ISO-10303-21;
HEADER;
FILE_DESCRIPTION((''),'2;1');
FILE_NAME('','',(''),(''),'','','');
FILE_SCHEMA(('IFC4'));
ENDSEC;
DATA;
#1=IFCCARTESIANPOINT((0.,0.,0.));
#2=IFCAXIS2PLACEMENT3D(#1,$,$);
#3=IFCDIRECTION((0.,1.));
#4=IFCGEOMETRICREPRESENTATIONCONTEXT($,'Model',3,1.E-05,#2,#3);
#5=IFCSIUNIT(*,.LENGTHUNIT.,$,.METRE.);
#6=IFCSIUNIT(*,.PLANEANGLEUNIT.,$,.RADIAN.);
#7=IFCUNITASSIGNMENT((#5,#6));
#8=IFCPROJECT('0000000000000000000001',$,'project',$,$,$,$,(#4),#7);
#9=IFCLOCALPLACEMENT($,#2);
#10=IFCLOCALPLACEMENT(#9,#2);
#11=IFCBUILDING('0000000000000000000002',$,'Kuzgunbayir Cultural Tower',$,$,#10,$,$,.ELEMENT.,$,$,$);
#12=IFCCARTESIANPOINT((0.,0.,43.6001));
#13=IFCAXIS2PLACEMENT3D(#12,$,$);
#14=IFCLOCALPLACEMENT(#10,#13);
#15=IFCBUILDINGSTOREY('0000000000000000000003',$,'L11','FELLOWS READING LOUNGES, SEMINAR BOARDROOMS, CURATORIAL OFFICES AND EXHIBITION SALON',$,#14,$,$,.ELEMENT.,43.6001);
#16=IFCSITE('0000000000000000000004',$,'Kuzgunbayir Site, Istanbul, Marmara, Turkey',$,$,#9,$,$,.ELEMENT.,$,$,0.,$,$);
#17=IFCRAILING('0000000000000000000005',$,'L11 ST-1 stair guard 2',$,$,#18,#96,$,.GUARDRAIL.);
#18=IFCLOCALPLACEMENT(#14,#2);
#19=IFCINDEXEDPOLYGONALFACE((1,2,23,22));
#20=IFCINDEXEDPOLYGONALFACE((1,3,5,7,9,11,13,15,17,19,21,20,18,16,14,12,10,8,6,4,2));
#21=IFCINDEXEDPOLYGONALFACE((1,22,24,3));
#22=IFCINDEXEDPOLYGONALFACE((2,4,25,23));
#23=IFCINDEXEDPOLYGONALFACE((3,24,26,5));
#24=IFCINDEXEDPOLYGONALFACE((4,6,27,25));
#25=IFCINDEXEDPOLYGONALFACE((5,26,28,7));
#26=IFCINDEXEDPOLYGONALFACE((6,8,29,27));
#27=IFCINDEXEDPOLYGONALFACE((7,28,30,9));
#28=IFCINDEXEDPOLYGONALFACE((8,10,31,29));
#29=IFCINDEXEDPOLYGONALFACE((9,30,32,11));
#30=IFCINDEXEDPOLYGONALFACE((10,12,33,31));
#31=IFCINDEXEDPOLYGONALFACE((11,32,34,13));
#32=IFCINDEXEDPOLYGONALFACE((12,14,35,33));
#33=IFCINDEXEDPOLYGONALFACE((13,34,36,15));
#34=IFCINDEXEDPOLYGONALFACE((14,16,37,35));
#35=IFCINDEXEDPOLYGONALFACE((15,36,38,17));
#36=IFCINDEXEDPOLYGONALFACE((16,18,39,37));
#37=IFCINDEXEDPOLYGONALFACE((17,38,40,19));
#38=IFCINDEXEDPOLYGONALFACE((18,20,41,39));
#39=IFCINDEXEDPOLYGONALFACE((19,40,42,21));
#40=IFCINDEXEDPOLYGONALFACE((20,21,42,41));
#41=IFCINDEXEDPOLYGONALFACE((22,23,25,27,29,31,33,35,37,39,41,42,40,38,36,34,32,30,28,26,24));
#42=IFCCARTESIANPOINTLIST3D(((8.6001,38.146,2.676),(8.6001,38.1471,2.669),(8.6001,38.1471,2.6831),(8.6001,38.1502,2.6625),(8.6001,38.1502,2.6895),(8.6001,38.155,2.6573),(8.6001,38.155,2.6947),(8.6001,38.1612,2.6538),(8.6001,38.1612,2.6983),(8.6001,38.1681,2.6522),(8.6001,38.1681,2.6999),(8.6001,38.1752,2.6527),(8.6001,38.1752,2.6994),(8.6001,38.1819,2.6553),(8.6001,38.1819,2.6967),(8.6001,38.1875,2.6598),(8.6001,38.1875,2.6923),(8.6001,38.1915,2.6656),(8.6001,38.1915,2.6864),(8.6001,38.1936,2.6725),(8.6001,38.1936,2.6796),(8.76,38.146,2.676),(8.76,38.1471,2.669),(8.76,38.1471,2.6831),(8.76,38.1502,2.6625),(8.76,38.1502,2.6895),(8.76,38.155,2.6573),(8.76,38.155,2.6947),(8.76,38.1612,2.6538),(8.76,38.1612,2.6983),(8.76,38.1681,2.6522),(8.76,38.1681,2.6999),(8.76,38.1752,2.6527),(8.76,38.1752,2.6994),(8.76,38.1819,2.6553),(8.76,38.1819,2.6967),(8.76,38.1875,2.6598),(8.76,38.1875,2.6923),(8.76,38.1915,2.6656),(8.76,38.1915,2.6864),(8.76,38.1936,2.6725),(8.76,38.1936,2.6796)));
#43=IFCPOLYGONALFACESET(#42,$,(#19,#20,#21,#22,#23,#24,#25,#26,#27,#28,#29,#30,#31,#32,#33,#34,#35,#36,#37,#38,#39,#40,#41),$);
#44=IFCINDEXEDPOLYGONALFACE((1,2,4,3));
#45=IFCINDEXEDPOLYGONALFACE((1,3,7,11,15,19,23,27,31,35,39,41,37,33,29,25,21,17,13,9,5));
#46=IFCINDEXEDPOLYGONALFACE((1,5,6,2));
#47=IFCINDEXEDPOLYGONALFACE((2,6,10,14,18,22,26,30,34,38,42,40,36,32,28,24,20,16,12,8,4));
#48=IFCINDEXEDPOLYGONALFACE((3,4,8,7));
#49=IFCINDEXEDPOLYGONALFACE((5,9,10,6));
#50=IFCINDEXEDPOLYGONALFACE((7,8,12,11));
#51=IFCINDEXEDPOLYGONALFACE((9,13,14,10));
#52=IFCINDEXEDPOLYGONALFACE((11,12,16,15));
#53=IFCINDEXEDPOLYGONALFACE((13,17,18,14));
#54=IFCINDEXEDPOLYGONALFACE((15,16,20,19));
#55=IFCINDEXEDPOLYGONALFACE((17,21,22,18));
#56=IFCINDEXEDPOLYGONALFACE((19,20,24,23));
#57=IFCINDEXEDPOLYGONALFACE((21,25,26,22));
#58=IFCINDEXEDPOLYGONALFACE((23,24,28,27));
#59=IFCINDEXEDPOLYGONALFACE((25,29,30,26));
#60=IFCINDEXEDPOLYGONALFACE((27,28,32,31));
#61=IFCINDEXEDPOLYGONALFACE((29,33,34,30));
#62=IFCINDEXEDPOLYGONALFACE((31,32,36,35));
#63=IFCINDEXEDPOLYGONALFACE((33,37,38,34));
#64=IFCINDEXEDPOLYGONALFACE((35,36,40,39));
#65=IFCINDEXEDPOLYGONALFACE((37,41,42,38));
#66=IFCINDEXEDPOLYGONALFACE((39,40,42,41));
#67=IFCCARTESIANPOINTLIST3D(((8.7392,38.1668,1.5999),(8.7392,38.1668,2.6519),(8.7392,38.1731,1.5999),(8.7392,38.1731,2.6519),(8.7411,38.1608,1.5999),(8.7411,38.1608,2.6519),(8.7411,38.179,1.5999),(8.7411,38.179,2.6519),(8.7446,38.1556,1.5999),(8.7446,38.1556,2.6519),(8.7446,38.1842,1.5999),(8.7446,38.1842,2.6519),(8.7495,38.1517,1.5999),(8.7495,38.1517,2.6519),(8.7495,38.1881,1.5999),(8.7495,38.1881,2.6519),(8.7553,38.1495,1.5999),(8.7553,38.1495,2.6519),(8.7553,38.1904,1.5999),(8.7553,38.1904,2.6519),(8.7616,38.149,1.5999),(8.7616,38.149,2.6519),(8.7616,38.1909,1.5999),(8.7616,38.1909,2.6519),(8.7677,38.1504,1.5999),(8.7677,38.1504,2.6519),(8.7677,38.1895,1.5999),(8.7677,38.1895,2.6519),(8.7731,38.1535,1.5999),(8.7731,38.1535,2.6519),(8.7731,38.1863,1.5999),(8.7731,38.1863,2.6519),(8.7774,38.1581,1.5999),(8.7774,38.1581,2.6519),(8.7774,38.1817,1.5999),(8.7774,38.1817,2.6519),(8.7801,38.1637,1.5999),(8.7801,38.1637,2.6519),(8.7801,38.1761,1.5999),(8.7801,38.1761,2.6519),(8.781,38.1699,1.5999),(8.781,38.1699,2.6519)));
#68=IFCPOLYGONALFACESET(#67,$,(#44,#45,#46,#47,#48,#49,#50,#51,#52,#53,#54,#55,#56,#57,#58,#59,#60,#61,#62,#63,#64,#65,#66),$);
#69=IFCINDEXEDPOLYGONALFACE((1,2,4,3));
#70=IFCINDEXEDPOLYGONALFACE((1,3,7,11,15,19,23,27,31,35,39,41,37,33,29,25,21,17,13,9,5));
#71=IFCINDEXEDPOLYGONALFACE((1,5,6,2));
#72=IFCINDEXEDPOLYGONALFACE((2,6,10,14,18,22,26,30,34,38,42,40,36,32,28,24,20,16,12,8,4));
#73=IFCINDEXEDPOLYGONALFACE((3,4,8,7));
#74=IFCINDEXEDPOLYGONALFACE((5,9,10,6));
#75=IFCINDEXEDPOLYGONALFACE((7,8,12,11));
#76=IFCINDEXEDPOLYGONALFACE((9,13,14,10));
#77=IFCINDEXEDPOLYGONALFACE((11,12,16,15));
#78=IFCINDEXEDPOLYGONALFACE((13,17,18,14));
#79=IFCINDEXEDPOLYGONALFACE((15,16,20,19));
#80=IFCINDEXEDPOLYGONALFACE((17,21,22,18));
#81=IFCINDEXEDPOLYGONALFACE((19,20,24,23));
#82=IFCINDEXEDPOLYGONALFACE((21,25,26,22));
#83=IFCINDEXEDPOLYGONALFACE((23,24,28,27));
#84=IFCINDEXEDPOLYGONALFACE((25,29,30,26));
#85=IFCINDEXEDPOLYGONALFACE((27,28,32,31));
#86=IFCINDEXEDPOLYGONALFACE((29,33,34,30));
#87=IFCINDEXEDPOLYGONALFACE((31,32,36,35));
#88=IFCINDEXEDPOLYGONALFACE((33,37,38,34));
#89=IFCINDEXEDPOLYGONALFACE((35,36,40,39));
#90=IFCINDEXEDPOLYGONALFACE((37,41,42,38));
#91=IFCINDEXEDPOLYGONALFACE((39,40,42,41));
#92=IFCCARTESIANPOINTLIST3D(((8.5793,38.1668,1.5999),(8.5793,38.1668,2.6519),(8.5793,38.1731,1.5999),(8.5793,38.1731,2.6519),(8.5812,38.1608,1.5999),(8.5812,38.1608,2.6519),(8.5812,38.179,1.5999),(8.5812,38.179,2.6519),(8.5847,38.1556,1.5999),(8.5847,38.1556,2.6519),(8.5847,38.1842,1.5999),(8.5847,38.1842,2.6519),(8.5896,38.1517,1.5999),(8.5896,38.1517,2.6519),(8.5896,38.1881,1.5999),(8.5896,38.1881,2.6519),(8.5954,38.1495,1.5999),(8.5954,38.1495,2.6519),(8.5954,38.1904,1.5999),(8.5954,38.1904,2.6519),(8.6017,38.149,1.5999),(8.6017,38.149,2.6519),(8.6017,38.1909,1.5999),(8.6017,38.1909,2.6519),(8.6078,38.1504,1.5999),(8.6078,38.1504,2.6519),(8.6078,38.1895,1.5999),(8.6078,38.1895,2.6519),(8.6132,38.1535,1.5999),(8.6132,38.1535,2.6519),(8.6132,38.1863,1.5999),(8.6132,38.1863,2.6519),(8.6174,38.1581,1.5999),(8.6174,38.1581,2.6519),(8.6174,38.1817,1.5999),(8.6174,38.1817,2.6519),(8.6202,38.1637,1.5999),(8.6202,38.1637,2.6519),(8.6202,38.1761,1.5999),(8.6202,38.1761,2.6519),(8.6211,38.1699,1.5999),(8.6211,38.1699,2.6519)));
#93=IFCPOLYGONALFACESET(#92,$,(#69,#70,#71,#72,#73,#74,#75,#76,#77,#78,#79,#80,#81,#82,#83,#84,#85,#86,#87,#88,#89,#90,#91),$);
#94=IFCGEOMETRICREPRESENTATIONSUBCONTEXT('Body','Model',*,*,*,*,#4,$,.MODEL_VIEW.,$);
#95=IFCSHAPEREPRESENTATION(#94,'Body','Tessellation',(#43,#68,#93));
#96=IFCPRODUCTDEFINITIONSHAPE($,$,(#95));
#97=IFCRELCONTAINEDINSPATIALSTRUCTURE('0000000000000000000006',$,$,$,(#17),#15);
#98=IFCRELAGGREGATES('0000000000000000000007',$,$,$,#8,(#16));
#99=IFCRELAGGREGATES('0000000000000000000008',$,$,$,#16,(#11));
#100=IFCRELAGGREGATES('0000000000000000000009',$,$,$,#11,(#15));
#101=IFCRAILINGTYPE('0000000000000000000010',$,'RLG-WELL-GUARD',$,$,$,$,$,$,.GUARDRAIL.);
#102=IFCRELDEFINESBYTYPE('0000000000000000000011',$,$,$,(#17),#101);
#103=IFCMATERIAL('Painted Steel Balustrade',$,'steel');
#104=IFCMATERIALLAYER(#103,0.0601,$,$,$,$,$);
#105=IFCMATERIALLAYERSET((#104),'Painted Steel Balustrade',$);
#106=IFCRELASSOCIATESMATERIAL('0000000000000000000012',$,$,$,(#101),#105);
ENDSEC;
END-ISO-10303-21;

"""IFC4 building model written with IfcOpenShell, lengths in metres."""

from ifc_helpers import new_model, si_unit, direction, frame, origin, origin_2d, place, context, subcontext, project, spatial, circle, extrude, material, layer, layer_set, type_object, element, save


model = new_model("IFC4")

# Units and contexts
model_context = context("Model", 3, precision=1e-05, world=origin(), true_north=direction((0.0, 1.0)))
body_context = subcontext(model_context, "Body", "Model", "MODEL_VIEW")
ifc_project = project(units=[si_unit("LENGTHUNIT", "METRE"), si_unit("PLANEANGLEUNIT", "RADIAN")], contexts=[model_context])

# Site, building, storey
site_placement = place(None, origin())
site = spatial("IfcSite", under=ifc_project, at=site_placement, Name="Kuzgunbayir Site, Istanbul, Marmara, Turkey", CompositionType="ELEMENT", RefElevation=0.0)
building_placement = place(site_placement, origin())
building = spatial("IfcBuilding", under=site, at=building_placement, Name="Kuzgunbayir Cultural Tower", CompositionType="ELEMENT")
storey_placement = place(building_placement, frame((0.0, 0.0, 43.6001)))
storey = spatial("IfcBuildingStorey", under=building, at=storey_placement, Name="L11", Description="FELLOWS READING LOUNGES, SEMINAR BOARDROOMS, CURATORIAL OFFICES AND EXHIBITION SALON", CompositionType="ELEMENT", Elevation=43.6001)

# Railing
ifc_material_1 = material(Name="Painted Steel Balustrade", Category="steel")
ifc_layer_1 = layer(ifc_material_1, 0.0601)
ifc_layer_set_1 = layer_set([ifc_layer_1], Name="Painted Steel Balustrade")
railing_type_1 = type_object("IfcRailingType", Name="RLG-WELL-GUARD", PredefinedType="GUARDRAIL", material=ifc_layer_set_1)
railing_1_placement = place(storey_placement, frame((8.76, 38.1699, 1.5999)))
element("IfcRailing", 1, at=railing_1_placement, inside=storey, type_object=railing_type_1, Name="L11 ST-1 stair guard 2", PredefinedType="GUARDRAIL", context=body_context, shape_type="SweptSolid", body=[
    extrude(circle(Radius=0.0239, at=origin_2d()), frame((0.0, 0.0, 1.0762), z_axis=(-1.0, 0.0, 0.0), x_axis=(0.0, -1.0, 0.0)), (0.0, 0.0, 1.0), 0.1599),
    extrude(circle(Radius=0.021, at=origin_2d()), origin(), (0.0, 0.0, 1.0), 1.052),
    extrude(circle(Radius=0.021, at=origin_2d()), frame((-0.1599, 0.0, 0.0)), (0.0, 0.0, 1.0), 1.052),
])

save(model, "model.ifc")
